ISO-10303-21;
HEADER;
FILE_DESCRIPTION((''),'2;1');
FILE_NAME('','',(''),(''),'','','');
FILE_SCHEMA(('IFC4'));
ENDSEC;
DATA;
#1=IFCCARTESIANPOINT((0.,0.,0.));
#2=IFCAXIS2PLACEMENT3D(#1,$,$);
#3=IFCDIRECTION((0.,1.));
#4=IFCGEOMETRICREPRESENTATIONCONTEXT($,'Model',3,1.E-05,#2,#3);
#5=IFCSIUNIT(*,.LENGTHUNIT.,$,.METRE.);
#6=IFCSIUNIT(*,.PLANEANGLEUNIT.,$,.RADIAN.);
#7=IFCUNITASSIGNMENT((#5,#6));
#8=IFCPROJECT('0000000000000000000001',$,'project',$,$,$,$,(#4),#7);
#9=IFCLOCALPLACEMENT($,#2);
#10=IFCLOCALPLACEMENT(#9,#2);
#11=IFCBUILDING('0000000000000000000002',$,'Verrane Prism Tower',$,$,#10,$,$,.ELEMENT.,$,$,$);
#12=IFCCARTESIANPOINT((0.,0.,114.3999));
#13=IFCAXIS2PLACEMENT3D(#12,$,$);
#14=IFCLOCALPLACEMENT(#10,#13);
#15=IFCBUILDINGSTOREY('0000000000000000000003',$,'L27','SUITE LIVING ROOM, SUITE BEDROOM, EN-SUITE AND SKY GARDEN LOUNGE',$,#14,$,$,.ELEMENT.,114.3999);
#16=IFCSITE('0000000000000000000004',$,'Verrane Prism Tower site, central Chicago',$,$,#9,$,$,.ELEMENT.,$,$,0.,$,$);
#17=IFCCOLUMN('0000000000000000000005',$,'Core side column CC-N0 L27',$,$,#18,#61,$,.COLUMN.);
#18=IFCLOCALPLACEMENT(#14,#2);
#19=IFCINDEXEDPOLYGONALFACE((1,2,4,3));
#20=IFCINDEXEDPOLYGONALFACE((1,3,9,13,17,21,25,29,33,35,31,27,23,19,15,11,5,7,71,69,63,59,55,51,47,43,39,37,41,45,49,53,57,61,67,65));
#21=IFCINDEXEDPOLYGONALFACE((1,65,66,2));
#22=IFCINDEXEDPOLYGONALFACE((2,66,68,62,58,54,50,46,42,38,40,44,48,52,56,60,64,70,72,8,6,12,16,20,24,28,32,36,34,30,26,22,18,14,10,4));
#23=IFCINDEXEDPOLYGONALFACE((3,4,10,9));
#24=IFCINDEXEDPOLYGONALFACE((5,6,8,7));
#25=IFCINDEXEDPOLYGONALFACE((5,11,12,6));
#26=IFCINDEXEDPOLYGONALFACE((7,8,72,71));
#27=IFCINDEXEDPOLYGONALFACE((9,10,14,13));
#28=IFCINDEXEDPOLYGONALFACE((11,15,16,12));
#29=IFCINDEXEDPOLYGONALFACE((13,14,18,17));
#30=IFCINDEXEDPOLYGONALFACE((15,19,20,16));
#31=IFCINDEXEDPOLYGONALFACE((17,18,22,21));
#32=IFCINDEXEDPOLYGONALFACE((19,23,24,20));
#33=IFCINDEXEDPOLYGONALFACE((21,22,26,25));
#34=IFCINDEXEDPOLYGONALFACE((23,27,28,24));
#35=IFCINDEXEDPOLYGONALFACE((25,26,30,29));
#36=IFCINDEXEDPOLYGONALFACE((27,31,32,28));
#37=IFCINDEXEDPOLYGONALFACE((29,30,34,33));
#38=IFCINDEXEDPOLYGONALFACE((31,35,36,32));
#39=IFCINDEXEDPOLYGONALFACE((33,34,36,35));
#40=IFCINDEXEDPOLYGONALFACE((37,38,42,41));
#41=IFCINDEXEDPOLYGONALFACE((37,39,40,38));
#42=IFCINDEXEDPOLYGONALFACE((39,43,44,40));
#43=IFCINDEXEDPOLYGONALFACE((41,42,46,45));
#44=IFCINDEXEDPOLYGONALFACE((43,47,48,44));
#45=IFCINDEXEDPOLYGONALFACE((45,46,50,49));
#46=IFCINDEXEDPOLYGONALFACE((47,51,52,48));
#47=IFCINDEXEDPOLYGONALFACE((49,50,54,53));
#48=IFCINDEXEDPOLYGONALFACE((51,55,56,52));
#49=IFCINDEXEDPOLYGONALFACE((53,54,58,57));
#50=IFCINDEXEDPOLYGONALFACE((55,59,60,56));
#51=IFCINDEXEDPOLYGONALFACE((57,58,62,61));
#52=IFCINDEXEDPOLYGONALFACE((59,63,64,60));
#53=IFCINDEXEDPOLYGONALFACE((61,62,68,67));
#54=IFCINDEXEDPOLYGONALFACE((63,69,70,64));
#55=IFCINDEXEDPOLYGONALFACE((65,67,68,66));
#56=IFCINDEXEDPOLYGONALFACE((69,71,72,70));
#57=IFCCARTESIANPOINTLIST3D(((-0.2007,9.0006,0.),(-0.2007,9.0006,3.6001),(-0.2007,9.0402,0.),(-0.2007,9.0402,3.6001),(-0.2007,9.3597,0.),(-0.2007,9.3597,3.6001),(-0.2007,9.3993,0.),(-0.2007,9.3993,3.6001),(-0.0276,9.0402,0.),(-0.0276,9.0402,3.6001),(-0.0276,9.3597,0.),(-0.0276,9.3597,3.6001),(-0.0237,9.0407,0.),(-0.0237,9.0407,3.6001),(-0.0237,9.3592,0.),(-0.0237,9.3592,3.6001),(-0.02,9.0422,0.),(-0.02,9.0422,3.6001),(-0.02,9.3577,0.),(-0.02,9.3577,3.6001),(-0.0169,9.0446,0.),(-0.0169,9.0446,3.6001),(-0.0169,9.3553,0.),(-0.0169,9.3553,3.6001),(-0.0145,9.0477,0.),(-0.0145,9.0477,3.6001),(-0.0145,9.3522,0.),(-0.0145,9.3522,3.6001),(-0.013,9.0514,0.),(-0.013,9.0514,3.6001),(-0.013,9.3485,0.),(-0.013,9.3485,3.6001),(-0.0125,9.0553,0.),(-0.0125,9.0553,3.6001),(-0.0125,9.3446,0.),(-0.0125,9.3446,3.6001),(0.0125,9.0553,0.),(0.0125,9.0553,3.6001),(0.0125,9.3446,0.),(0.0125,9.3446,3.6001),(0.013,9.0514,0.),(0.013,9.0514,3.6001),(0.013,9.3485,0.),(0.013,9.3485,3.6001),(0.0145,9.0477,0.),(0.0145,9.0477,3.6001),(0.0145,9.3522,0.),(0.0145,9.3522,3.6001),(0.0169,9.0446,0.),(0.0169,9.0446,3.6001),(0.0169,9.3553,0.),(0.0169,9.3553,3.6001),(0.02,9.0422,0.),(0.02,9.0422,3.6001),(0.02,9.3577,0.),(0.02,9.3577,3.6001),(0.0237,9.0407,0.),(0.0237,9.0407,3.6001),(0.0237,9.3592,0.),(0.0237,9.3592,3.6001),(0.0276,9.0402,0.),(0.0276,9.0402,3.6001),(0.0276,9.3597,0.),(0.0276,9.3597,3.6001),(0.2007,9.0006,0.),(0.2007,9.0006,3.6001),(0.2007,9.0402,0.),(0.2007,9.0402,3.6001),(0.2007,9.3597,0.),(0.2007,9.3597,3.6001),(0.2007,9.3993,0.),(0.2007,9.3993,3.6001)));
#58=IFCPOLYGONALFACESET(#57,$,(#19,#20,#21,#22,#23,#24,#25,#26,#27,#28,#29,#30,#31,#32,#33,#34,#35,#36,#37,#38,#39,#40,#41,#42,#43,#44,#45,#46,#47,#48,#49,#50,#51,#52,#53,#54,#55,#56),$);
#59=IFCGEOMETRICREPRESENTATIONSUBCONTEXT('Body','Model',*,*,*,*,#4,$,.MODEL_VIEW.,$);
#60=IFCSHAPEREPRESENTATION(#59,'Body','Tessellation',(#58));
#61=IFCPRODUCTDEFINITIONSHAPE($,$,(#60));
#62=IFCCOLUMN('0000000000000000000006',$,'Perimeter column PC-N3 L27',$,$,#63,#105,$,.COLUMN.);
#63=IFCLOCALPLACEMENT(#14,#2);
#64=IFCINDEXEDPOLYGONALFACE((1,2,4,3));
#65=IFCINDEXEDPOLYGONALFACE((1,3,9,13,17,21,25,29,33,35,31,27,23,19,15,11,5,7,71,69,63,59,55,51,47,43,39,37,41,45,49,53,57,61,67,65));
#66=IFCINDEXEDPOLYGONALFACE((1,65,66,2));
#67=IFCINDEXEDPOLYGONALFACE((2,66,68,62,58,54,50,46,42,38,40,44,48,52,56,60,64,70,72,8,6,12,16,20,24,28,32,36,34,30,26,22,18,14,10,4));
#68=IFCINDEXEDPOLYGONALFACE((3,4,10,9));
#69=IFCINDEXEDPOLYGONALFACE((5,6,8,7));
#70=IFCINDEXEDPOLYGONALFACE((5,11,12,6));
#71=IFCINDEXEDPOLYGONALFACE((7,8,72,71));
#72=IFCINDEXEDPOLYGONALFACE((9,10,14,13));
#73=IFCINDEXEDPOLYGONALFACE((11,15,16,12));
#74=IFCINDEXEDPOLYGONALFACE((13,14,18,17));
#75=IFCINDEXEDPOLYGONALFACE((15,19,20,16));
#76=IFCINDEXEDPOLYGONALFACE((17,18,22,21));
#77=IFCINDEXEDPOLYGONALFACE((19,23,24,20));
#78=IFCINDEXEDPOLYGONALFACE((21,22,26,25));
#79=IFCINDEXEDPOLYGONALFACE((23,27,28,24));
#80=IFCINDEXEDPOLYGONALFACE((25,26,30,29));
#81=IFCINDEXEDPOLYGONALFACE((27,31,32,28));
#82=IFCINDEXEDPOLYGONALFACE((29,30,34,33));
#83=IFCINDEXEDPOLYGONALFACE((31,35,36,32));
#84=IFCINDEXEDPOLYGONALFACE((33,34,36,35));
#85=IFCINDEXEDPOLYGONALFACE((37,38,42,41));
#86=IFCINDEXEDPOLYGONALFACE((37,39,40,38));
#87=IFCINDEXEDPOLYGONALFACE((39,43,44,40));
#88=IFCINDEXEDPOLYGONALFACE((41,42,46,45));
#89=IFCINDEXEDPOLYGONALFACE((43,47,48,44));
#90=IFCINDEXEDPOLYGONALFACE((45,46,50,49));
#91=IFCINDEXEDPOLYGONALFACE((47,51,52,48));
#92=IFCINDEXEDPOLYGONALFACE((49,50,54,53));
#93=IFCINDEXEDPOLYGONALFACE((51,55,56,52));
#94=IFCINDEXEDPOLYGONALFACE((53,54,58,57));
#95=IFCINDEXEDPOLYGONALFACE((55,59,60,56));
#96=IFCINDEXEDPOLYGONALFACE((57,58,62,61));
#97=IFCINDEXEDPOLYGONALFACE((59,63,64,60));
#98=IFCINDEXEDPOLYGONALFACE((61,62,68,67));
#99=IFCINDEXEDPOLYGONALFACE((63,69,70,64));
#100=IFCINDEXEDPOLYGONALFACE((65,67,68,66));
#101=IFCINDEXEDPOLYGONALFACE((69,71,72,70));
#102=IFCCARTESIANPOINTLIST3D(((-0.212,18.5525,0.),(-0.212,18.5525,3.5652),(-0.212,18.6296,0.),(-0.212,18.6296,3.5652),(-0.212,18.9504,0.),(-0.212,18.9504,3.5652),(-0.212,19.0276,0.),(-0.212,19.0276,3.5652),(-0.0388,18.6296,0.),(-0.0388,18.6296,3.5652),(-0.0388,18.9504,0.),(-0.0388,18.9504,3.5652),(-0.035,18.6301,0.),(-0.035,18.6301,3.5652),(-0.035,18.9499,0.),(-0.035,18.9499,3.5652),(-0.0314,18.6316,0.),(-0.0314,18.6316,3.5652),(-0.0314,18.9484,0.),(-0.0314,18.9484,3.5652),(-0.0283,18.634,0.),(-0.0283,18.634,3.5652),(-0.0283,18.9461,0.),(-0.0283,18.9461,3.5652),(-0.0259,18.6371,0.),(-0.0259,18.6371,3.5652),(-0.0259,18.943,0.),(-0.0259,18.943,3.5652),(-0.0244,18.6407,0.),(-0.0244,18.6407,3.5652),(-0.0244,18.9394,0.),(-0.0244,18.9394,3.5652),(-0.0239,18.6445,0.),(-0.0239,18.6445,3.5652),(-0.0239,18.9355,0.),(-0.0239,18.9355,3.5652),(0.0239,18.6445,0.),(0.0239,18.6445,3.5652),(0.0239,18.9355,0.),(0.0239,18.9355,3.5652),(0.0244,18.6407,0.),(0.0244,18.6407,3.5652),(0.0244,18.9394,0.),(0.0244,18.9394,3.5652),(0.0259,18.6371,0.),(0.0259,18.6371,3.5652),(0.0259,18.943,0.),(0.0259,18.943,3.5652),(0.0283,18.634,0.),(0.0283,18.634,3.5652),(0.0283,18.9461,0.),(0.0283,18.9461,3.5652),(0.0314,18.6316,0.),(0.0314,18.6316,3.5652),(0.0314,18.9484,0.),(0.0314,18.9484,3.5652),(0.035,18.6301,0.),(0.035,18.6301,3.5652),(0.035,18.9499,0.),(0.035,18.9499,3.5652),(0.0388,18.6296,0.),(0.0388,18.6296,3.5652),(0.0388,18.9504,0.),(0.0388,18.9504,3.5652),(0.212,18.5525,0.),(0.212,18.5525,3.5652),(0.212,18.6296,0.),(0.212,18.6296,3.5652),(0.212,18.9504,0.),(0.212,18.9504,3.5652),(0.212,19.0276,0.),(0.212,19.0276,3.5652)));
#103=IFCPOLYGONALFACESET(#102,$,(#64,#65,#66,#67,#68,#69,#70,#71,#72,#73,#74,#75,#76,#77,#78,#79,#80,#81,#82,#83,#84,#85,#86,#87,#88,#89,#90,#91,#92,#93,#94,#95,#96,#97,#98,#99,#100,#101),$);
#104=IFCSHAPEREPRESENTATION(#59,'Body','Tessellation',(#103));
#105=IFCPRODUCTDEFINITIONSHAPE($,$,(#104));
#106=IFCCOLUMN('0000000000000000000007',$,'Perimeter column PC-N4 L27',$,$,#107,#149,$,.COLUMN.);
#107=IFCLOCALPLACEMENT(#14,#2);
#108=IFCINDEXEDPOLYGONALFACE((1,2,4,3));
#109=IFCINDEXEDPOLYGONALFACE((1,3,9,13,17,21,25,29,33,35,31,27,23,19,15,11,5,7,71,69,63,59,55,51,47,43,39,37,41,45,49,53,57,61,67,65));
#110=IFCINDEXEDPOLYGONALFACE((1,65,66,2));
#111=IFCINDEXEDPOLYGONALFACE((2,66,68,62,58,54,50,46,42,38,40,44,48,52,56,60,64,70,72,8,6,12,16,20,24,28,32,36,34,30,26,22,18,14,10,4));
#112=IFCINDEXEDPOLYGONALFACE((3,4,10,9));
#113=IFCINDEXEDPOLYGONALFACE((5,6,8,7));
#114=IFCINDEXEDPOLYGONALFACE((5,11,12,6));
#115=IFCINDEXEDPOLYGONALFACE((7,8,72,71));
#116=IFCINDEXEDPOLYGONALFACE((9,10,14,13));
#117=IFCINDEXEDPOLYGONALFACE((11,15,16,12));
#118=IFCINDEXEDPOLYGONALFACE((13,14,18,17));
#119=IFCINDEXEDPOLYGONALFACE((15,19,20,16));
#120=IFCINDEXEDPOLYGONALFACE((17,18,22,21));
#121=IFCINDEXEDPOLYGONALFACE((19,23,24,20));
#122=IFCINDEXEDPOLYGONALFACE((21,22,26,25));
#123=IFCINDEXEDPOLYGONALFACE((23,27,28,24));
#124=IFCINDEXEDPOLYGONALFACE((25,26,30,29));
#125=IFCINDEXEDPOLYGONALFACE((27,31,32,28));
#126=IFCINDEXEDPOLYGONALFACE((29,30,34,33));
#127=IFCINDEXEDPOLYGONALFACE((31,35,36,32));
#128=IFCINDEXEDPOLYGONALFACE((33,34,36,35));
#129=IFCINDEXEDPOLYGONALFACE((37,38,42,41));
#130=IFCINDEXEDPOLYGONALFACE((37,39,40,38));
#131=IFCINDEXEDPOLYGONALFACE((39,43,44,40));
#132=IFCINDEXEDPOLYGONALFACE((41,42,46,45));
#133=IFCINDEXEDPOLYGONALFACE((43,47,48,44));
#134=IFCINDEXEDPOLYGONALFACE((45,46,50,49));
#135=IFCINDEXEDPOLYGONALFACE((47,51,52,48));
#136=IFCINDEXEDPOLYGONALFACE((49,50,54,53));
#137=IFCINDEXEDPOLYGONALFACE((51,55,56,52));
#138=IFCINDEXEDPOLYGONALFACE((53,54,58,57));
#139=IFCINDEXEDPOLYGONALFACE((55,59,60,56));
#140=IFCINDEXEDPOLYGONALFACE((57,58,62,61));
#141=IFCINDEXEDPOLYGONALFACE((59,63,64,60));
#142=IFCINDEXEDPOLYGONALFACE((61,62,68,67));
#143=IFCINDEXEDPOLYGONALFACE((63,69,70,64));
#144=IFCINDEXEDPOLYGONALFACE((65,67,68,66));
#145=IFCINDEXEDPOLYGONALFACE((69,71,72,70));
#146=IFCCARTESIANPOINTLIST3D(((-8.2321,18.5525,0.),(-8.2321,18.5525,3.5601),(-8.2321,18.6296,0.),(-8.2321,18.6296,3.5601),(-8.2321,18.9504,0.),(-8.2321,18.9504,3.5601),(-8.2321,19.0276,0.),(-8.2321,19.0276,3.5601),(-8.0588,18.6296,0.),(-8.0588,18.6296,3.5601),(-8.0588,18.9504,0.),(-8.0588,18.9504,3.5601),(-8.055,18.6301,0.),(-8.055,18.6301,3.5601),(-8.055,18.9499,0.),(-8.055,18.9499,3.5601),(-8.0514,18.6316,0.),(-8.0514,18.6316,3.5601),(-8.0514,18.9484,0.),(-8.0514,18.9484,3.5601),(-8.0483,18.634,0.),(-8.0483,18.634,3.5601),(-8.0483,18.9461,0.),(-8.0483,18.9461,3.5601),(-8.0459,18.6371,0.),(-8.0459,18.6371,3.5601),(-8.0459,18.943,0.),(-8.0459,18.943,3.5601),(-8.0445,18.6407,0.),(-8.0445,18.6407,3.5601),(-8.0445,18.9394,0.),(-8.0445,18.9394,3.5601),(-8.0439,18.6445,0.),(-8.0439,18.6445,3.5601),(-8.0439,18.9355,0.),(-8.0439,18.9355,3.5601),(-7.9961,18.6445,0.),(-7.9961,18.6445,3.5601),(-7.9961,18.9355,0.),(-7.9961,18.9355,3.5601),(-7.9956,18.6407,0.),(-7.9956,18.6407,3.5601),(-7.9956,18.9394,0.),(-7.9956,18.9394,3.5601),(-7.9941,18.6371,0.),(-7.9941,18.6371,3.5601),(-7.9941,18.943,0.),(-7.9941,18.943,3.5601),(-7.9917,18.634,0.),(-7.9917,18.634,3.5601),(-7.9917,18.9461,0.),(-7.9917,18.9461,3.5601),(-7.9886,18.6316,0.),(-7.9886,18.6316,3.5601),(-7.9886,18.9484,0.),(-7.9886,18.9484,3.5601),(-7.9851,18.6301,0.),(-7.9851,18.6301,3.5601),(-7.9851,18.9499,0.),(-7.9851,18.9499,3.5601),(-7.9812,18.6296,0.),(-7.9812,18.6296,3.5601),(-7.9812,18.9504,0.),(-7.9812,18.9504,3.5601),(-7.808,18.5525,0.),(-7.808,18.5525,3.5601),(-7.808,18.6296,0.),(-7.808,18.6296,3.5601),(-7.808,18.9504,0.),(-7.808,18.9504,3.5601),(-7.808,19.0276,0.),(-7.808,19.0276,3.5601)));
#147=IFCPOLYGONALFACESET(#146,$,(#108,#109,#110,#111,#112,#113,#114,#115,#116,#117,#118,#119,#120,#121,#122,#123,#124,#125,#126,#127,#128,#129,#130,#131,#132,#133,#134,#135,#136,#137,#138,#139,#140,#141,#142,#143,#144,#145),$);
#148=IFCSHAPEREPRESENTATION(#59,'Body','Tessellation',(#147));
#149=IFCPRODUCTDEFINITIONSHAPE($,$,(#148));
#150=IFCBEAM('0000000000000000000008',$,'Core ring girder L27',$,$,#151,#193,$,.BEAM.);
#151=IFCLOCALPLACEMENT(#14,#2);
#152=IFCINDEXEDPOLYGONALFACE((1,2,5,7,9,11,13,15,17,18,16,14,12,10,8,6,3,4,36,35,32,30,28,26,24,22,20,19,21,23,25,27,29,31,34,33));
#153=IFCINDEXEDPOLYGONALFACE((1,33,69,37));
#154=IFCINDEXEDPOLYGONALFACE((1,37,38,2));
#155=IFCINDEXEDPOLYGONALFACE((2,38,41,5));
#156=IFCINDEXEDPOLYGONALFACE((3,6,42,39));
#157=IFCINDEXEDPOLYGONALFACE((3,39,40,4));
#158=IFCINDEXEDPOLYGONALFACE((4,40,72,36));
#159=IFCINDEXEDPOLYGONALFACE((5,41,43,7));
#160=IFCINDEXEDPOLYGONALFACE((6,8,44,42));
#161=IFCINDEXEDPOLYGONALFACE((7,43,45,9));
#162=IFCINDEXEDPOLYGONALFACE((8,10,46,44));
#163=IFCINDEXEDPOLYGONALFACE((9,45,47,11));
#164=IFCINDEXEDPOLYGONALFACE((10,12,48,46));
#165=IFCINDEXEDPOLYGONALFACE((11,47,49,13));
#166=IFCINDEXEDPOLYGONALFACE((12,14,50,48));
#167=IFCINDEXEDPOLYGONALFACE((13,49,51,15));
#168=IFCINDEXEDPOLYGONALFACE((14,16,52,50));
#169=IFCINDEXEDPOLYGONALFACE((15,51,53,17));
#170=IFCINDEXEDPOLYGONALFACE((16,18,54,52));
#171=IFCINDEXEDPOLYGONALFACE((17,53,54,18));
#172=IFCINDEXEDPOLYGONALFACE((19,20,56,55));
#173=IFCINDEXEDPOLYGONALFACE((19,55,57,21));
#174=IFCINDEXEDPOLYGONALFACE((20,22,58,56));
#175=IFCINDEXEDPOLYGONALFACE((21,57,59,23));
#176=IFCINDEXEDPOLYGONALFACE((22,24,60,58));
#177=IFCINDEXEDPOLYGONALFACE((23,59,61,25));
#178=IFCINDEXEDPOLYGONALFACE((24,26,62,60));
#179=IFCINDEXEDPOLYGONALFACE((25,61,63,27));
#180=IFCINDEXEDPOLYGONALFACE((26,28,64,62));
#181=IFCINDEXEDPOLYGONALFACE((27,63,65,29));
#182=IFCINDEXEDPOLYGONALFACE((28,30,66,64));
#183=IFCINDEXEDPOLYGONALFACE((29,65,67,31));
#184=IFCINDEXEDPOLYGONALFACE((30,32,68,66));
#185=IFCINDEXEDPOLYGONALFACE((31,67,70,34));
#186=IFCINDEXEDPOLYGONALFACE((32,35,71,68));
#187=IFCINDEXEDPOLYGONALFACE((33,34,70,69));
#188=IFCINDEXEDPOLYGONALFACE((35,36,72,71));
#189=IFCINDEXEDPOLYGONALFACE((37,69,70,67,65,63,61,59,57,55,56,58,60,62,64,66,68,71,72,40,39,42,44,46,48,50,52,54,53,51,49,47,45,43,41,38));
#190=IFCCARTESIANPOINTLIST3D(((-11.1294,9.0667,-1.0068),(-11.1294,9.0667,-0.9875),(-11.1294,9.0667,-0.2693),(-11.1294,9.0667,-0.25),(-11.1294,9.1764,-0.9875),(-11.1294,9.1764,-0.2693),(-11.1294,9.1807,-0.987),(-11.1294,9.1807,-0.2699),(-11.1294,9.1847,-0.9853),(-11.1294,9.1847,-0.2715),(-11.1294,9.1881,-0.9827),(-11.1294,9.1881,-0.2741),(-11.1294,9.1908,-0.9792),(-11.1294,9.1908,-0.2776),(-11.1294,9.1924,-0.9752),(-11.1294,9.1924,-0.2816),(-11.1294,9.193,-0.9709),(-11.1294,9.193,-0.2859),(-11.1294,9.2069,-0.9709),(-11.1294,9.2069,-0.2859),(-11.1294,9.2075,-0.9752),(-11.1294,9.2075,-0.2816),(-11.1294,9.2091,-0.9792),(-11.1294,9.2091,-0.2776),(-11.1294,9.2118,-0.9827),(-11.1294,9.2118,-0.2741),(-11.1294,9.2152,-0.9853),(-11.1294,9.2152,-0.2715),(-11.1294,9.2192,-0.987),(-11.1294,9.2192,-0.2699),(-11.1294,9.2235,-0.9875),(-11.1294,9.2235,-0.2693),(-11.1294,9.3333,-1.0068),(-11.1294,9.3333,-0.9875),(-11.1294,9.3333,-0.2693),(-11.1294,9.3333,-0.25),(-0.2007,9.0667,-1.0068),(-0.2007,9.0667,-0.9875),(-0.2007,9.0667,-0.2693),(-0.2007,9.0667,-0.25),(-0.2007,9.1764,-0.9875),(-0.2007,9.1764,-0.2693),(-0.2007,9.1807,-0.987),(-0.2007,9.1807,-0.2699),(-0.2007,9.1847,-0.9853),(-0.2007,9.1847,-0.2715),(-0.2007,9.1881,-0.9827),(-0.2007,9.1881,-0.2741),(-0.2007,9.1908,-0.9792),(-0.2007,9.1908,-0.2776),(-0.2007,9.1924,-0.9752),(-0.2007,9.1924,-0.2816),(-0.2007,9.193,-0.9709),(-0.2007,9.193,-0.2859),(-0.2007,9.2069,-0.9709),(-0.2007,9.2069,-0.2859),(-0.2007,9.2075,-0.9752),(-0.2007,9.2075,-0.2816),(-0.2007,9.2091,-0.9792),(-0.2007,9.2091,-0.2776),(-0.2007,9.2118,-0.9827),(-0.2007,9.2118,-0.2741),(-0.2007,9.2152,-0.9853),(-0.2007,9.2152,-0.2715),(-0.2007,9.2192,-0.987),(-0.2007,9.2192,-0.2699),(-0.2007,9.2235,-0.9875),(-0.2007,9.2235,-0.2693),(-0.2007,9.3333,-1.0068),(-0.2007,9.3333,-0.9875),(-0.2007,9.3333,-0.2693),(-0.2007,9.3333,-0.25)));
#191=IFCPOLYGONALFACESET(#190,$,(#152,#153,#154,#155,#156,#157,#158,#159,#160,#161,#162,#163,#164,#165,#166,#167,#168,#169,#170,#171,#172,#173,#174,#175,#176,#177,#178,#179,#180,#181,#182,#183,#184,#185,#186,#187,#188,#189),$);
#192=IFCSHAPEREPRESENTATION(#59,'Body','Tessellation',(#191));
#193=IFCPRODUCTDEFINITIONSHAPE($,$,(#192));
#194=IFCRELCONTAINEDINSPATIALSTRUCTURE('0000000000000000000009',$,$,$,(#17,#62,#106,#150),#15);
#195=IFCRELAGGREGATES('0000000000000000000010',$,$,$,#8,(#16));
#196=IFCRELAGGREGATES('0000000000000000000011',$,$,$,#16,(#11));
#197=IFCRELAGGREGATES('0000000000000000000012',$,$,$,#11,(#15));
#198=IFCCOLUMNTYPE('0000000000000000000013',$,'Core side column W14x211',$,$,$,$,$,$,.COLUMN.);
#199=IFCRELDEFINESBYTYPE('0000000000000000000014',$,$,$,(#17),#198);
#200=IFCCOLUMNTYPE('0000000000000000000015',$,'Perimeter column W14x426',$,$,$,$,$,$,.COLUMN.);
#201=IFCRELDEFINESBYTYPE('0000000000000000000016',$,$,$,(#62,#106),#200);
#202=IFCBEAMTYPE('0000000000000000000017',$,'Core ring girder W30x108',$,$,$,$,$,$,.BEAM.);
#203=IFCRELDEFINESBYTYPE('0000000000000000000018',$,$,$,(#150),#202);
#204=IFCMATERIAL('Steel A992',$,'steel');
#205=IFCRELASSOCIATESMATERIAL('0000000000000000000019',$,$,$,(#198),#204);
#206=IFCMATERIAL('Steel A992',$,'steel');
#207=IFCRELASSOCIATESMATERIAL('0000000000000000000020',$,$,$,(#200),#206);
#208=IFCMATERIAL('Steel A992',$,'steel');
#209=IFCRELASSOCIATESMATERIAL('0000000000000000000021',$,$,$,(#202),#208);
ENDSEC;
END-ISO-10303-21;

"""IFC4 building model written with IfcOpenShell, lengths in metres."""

from ifc_helpers import new_model, si_unit, direction, frame, origin, origin_2d, place, context, subcontext, project, spatial, i_section, extrude, material, material_profile, profile_set, type_object, element, save


model = new_model("IFC4")

# Units and contexts
model_context = context("Model", 3, precision=1e-05, world=origin(), true_north=direction((0.0, 1.0)))
body_context = subcontext(model_context, "Body", "Model", "MODEL_VIEW")
ifc_project = project(units=[si_unit("LENGTHUNIT", "METRE"), si_unit("PLANEANGLEUNIT", "RADIAN")], contexts=[model_context])

# Site, building, storey
site_placement = place(None, origin())
site = spatial("IfcSite", under=ifc_project, at=site_placement, Name="Verrane Prism Tower site, central Chicago", CompositionType="ELEMENT", RefElevation=0.0)
building_placement = place(site_placement, origin())
building = spatial("IfcBuilding", under=site, at=building_placement, Name="Verrane Prism Tower", CompositionType="ELEMENT")
storey_placement = place(building_placement, frame((0.0, 0.0, 114.3999)))
storey = spatial("IfcBuildingStorey", under=building, at=storey_placement, Name="L27", Description="SUITE LIVING ROOM, SUITE BEDROOM, EN-SUITE AND SKY GARDEN LOUNGE", CompositionType="ELEMENT", Elevation=114.3999)

# Columns
ifc_material_1 = material(Name="Steel A992", Category="steel")
ifc_material_profile_1 = material_profile(ifc_material_1, i_section(OverallWidth=0.4014, OverallDepth=0.3987, WebThickness=0.0249, FlangeThickness=0.0396, FilletRadius=0.0151, at=origin_2d()), Name="W14x211")
ifc_profile_set_1 = profile_set([ifc_material_profile_1], Name="Steel A992")
column_type_1 = type_object("IfcColumnType", Name="Core side column W14x211", PredefinedType="COLUMN", material=ifc_profile_set_1)
column_1_placement = place(storey_placement, frame((0.0, 9.2, 0.0), z_axis=(0.0, 0.0, 1.0), x_axis=(1.0, 0.0, 0.0)))
element("IfcColumn", 1, at=column_1_placement, inside=storey, type_object=column_type_1, Name="Core side column CC-N0 L27", PredefinedType="COLUMN", context=body_context, shape_type="SweptSolid", body=[
    extrude(i_section(OverallWidth=0.4014, OverallDepth=0.3987, WebThickness=0.0249, FlangeThickness=0.0396, FilletRadius=0.0151, at=origin_2d()), origin(), (0.0, 0.0, 1.0), 3.6001),
])
ifc_material_2 = material(Name="Steel A992", Category="steel")
ifc_material_profile_2 = material_profile(ifc_material_2, i_section(OverallWidth=0.4241, OverallDepth=0.4751, WebThickness=0.0479, FlangeThickness=0.0771, FilletRadius=0.0149, at=origin_2d()), Name="W14x426")
ifc_profile_set_2 = profile_set([ifc_material_profile_2], Name="Steel A992")
column_type_2 = type_object("IfcColumnType", Name="Perimeter column W14x426", PredefinedType="COLUMN", material=ifc_profile_set_2)
column_2_placement = place(storey_placement, frame((0.0, 18.79, 0.0), z_axis=(0.0, 0.0, 1.0), x_axis=(1.0, 0.0, 0.0)))
element("IfcColumn", 2, at=column_2_placement, inside=storey, type_object=column_type_2, Name="Perimeter column PC-N3 L27", PredefinedType="COLUMN", context=body_context, shape_type="SweptSolid", body=[
    extrude(i_section(OverallWidth=0.4241, OverallDepth=0.4751, WebThickness=0.0479, FlangeThickness=0.0771, FilletRadius=0.0149, at=origin_2d()), origin(), (0.0, 0.0, 1.0), 3.5652),
])
column_3_placement = place(storey_placement, frame((-8.02, 18.79, 0.0), z_axis=(0.0, 0.0, 1.0), x_axis=(1.0, 0.0, 0.0)))
element("IfcColumn", 3, at=column_3_placement, inside=storey, type_object=column_type_2, Name="Perimeter column PC-N4 L27", PredefinedType="COLUMN", context=body_context, shape_type="SweptSolid", body=[
    extrude(i_section(OverallWidth=0.4241, OverallDepth=0.4751, WebThickness=0.0479, FlangeThickness=0.0771, FilletRadius=0.0149, at=origin_2d()), origin(), (0.0, 0.0, 1.0), 3.5601),
])

# Beam
ifc_material_3 = material(Name="Steel A992", Category="steel")
ifc_material_profile_3 = material_profile(ifc_material_3, i_section(OverallWidth=0.2666, OverallDepth=0.7568, WebThickness=0.0139, FlangeThickness=0.0193, FilletRadius=0.0166, at=origin_2d()), Name="W30x108")
ifc_profile_set_3 = profile_set([ifc_material_profile_3], Name="Steel A992")
beam_type_1 = type_object("IfcBeamType", Name="Core ring girder W30x108", PredefinedType="BEAM", material=ifc_profile_set_3)
beam_1_placement = place(storey_placement, frame((-0.2007, 9.2, -0.6284), z_axis=(-1.0, 0.0, 0.0), x_axis=(0.0, -1.0, 0.0)))
element("IfcBeam", 4, at=beam_1_placement, inside=storey, type_object=beam_type_1, Name="Core ring girder L27", PredefinedType="BEAM", context=body_context, shape_type="SweptSolid", body=[
    extrude(i_section(OverallWidth=0.2666, OverallDepth=0.7568, WebThickness=0.0139, FlangeThickness=0.0193, FilletRadius=0.0166, at=origin_2d()), origin(), (0.0, 0.0, 1.0), 10.9287),
])

save(model, "model.ifc")
